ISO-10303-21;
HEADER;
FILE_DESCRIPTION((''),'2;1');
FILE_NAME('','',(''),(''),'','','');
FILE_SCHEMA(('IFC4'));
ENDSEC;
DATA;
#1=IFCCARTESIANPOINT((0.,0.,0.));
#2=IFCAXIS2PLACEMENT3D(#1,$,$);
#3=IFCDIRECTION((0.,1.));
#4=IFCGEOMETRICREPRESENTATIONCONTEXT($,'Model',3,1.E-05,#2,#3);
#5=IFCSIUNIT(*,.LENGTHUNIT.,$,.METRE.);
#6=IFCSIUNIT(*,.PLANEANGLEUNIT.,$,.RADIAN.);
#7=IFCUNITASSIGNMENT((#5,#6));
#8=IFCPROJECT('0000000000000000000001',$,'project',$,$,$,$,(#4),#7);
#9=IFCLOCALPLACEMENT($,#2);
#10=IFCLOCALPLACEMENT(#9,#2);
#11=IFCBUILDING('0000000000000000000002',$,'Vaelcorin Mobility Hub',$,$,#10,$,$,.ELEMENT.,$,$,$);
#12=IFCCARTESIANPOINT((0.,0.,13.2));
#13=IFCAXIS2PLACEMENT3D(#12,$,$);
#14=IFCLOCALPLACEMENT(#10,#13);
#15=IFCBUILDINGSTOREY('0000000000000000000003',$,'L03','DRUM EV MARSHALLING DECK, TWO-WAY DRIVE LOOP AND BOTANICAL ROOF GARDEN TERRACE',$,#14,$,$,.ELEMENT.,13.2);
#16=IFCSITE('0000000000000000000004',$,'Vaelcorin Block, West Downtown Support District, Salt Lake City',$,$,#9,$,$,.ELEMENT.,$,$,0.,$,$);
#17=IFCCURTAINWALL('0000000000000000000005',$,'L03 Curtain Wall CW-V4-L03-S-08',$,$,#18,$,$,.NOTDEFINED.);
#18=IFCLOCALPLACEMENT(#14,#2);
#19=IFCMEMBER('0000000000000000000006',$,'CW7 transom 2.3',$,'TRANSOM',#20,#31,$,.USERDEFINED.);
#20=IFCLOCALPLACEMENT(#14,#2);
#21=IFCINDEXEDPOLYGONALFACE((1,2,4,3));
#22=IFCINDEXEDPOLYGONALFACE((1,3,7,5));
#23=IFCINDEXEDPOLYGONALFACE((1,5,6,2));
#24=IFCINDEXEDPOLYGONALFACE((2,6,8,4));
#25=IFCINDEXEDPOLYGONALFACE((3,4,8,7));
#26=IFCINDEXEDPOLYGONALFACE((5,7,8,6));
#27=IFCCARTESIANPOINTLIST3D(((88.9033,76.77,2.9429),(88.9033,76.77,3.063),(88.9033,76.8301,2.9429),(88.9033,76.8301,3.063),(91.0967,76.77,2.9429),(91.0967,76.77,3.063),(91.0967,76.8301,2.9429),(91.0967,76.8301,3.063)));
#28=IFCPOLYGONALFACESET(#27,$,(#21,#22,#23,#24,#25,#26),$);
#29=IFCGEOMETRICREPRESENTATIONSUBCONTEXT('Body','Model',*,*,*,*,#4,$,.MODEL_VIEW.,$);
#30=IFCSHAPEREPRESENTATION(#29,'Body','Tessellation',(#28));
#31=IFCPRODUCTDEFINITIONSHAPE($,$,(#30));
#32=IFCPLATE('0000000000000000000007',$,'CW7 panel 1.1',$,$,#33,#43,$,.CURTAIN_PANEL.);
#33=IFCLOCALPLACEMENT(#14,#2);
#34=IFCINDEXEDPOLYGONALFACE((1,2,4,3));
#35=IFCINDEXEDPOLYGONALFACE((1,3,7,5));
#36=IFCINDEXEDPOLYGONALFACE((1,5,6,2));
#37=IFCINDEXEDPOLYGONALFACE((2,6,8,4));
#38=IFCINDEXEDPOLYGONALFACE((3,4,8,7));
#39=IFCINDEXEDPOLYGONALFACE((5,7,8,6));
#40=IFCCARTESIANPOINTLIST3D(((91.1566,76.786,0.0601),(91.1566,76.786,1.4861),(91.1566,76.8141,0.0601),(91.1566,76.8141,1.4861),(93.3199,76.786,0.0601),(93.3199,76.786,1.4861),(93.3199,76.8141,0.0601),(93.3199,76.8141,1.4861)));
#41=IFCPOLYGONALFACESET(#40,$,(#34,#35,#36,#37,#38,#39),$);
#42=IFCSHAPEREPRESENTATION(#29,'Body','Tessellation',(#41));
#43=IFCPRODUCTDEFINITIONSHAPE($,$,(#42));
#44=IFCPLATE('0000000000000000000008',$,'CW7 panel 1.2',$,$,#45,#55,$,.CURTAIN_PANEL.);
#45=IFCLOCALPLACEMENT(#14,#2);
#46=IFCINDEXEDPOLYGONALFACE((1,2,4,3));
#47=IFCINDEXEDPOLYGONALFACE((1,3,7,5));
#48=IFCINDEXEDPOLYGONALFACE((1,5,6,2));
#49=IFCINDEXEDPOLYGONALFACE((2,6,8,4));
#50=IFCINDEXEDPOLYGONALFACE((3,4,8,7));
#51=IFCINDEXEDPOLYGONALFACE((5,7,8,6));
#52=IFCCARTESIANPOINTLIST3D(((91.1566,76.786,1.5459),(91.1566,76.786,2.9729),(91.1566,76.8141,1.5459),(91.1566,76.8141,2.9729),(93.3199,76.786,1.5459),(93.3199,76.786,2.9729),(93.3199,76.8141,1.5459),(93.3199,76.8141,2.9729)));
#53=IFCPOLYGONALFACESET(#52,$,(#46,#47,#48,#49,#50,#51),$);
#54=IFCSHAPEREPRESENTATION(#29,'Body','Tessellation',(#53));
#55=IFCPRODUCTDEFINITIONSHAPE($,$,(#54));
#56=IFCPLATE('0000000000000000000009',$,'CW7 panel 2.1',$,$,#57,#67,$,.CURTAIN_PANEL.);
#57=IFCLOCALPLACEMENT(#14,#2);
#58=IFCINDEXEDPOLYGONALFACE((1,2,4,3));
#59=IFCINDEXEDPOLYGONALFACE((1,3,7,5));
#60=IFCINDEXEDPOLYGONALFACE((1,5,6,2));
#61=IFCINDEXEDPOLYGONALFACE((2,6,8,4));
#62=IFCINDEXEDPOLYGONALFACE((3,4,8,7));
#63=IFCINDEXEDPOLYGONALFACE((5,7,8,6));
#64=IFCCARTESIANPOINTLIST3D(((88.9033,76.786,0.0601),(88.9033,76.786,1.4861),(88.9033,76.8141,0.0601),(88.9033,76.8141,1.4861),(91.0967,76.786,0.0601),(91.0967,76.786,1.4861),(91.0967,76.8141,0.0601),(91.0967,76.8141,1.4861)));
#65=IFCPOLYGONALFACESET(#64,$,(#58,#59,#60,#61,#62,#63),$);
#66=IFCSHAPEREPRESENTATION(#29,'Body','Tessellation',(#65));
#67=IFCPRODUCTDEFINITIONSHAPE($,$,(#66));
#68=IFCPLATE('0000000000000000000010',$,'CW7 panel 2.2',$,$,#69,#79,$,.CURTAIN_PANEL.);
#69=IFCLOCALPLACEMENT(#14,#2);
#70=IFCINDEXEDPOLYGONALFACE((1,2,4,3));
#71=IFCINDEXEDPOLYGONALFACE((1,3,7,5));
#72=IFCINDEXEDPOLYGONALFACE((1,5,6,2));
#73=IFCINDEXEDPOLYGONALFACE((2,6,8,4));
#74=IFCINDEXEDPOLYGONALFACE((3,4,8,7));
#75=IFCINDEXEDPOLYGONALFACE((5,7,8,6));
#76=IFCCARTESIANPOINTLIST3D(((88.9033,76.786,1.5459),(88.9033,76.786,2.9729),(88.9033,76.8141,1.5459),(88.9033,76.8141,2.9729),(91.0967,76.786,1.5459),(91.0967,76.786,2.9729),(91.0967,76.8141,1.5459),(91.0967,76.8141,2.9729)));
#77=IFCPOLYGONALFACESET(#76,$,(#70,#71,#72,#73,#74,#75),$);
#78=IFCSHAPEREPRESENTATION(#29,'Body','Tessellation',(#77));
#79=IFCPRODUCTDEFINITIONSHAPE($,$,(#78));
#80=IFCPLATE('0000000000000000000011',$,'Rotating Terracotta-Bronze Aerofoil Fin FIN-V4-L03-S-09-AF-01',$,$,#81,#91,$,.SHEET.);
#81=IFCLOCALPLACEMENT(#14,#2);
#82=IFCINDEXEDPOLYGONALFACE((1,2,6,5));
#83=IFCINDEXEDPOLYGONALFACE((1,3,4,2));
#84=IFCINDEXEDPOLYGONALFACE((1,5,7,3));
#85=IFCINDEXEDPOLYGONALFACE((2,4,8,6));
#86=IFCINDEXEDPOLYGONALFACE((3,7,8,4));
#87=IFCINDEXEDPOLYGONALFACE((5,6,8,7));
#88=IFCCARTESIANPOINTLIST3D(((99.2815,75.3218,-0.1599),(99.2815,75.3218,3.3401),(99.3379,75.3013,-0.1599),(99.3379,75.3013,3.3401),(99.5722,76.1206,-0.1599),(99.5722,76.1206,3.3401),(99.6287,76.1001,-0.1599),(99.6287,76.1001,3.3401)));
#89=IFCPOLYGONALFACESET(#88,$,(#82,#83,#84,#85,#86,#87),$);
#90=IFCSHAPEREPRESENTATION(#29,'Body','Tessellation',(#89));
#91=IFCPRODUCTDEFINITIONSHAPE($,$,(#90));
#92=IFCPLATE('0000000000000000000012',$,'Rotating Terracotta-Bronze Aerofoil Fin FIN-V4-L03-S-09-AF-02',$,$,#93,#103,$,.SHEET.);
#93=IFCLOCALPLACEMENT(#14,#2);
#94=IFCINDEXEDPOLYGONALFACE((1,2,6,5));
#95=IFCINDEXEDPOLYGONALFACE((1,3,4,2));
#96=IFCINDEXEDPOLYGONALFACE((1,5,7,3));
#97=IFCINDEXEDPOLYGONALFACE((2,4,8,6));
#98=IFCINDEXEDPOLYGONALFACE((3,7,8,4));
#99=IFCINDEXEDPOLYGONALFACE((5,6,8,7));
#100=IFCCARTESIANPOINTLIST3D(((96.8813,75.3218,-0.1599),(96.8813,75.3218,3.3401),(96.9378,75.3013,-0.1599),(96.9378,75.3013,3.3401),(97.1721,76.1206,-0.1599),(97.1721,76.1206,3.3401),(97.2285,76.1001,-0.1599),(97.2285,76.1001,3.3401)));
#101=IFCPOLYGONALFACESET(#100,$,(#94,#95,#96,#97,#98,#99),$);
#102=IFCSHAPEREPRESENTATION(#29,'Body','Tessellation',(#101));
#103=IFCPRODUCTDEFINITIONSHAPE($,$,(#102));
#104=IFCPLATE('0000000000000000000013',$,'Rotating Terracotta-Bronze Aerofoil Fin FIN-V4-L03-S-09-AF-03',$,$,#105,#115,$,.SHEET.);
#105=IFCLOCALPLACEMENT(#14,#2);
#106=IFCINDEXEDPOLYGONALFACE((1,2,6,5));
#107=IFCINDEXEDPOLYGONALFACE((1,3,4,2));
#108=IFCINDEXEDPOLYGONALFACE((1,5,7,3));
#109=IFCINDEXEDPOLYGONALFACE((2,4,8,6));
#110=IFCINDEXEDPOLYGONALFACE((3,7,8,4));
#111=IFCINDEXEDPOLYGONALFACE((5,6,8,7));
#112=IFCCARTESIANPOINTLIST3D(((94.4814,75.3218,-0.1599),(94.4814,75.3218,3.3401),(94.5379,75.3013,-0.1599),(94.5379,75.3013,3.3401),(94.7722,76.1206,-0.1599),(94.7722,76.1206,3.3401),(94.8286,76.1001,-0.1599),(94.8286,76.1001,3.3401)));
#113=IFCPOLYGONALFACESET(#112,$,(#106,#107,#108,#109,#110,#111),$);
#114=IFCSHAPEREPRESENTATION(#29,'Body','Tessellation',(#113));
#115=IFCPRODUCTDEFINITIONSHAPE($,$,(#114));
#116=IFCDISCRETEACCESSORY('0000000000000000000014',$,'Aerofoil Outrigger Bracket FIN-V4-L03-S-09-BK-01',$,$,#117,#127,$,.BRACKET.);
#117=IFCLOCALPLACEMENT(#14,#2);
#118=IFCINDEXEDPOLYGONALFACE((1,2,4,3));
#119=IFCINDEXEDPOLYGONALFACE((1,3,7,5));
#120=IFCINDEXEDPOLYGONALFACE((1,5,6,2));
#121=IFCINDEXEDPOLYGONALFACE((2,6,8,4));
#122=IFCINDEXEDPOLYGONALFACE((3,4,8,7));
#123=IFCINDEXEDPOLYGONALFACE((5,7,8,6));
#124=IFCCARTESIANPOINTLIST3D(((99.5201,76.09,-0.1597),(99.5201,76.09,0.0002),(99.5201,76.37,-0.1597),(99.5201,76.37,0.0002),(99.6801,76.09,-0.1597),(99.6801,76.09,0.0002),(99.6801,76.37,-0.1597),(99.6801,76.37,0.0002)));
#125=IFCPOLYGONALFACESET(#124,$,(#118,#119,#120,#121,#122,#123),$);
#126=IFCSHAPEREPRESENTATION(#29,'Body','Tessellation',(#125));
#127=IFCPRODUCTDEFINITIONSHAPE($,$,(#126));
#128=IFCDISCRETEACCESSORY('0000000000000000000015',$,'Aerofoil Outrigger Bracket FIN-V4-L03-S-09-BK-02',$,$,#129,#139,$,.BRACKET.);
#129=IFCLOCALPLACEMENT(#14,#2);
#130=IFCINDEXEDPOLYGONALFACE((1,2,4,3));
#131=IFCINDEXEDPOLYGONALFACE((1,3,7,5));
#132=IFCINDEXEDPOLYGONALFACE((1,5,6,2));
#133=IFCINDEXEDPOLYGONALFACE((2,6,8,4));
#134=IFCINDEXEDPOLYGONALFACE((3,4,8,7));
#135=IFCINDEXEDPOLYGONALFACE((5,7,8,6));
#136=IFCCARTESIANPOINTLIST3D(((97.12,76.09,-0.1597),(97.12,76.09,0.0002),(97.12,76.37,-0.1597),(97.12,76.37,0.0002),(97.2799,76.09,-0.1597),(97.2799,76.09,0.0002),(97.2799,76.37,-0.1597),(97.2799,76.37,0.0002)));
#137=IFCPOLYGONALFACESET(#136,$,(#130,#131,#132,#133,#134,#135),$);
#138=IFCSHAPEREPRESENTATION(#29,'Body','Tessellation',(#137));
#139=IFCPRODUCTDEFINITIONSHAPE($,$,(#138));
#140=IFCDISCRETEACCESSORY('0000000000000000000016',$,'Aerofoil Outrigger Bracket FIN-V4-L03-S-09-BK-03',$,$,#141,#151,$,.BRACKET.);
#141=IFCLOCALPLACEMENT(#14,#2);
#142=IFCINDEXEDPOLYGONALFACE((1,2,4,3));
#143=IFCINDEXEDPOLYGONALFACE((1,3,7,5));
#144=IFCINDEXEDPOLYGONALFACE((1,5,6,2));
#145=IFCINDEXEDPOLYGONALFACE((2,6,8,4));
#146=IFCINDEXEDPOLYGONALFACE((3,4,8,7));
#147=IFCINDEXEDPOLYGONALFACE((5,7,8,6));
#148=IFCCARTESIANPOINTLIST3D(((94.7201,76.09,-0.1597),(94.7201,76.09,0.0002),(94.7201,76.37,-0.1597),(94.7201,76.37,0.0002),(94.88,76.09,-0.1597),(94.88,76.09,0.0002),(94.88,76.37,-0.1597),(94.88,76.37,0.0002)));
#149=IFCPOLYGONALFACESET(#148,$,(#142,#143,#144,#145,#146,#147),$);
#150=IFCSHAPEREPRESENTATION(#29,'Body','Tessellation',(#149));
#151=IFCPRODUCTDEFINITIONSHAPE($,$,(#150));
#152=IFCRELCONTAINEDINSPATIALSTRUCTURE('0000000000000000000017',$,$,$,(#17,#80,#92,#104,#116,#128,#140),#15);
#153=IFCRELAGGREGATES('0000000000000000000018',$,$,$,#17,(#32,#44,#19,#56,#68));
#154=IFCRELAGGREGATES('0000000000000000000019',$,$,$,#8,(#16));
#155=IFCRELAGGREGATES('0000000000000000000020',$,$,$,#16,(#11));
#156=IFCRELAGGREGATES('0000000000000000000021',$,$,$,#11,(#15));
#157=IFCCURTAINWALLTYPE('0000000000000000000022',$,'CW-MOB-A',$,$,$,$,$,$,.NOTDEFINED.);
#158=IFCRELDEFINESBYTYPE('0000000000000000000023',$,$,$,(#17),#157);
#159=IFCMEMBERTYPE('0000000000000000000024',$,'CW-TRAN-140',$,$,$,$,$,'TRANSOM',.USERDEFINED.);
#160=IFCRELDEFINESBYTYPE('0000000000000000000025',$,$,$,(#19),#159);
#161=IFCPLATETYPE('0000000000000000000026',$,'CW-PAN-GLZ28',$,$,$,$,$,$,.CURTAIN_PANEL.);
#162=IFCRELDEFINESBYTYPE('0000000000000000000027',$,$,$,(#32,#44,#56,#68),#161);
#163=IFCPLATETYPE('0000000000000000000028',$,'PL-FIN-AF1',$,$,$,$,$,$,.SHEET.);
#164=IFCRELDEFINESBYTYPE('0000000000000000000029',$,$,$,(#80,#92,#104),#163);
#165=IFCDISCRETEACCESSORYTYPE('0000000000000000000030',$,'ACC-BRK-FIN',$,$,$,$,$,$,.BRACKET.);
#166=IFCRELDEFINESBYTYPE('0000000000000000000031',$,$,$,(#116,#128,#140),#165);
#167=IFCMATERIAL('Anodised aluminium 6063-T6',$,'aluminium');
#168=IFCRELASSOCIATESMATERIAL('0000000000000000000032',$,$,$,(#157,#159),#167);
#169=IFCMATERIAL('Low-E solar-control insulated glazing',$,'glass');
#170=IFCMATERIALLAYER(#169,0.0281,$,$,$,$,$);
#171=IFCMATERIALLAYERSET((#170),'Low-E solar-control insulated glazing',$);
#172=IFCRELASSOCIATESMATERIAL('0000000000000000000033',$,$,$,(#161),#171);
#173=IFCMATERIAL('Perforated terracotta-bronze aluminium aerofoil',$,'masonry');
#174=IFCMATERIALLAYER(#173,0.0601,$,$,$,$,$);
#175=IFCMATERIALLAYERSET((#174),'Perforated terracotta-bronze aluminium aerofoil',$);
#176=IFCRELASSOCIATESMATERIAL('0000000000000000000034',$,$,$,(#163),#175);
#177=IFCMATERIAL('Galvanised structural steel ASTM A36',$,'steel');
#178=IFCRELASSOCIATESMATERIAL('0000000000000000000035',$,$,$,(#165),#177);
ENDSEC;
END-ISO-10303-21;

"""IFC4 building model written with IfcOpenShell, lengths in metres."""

from ifc_helpers import new_model, si_unit, direction, frame, origin, origin_2d, place, context, subcontext, project, spatial, rectangle, extrude, material, layer, layer_set, material_profile, profile_set, type_object, element, aggregate, save


model = new_model("IFC4")

# Units and contexts
model_context = context("Model", 3, precision=1e-05, world=origin(), true_north=direction((0.0, 1.0)))
body_context = subcontext(model_context, "Body", "Model", "MODEL_VIEW")
ifc_project = project(units=[si_unit("LENGTHUNIT", "METRE"), si_unit("PLANEANGLEUNIT", "RADIAN")], contexts=[model_context])

# Site, building, storey
site_placement = place(None, origin())
site = spatial("IfcSite", under=ifc_project, at=site_placement, Name="Vaelcorin Block, West Downtown Support District, Salt Lake City", CompositionType="ELEMENT", RefElevation=0.0)
building_placement = place(site_placement, origin())
building = spatial("IfcBuilding", under=site, at=building_placement, Name="Vaelcorin Mobility Hub", CompositionType="ELEMENT")
storey_placement = place(building_placement, frame((0.0, 0.0, 13.2)))
storey = spatial("IfcBuildingStorey", under=building, at=storey_placement, Name="L03", Description="DRUM EV MARSHALLING DECK, TWO-WAY DRIVE LOOP AND BOTANICAL ROOF GARDEN TERRACE", CompositionType="ELEMENT", Elevation=13.2)

# Curtain wall, member, plates
ifc_material_1 = material(Name="Anodised aluminium 6063-T6", Category="aluminium")
curtain_wall_type = type_object("IfcCurtainWallType", Name="CW-MOB-A", PredefinedType="NOTDEFINED", material=ifc_material_1)
curtain_wall_placement = place(storey_placement, origin())
curtain_wall = element("IfcCurtainWall", 1, at=curtain_wall_placement, inside=storey, type_object=curtain_wall_type, Name="L03 Curtain Wall CW-V4-L03-S-08", PredefinedType="NOTDEFINED")
ifc_material_profile_1 = material_profile(ifc_material_1, rectangle(XDim=0.0601, YDim=0.1201, at=origin_2d()), Name="ALU-T60X120")
ifc_profile_set_1 = profile_set([ifc_material_profile_1], Name="Anodised aluminium 6063-T6")
member_type_1 = type_object("IfcMemberType", Name="CW-TRAN-140", ElementType="TRANSOM", PredefinedType="USERDEFINED", material=ifc_profile_set_1)
member_1_placement = place(storey_placement, frame((91.0967, 76.8, 3.0029), z_axis=(-1.0, 0.0, 0.0), x_axis=(0.0, -1.0, 0.0)))
member_1 = element("IfcMember", 2, at=member_1_placement, type_object=member_type_1, Name="CW7 transom 2.3", ObjectType="TRANSOM", PredefinedType="USERDEFINED", context=body_context, shape_type="SweptSolid", body=[
    extrude(rectangle(XDim=0.0601, YDim=0.1201, at=origin_2d()), origin(), (0.0, 0.0, 1.0), 2.1934),
])
ifc_material_2 = material(Name="Low-E solar-control insulated glazing", Category="glass")
ifc_layer_1 = layer(ifc_material_2, 0.0281)
ifc_layer_set_1 = layer_set([ifc_layer_1], Name="Low-E solar-control insulated glazing")
plate_type_1 = type_object("IfcPlateType", Name="CW-PAN-GLZ28", PredefinedType="CURTAIN_PANEL", material=ifc_layer_set_1)
plate_1_placement = place(storey_placement, frame((92.2383, 76.8, 0.0601), z_axis=(0.0, 0.0, 1.0), x_axis=(-1.0, 0.0, 0.0)))
plate_1 = element("IfcPlate", 3, at=plate_1_placement, type_object=plate_type_1, Name="CW7 panel 1.1", PredefinedType="CURTAIN_PANEL", context=body_context, shape_type="SweptSolid", body=[
    extrude(rectangle(XDim=2.1633, YDim=0.0281, at=origin_2d()), origin(), (0.0, 0.0, 1.0), 1.426),
])
plate_2_placement = place(storey_placement, frame((92.2383, 76.8, 1.5459), z_axis=(0.0, 0.0, 1.0), x_axis=(-1.0, 0.0, 0.0)))
plate_2 = element("IfcPlate", 4, at=plate_2_placement, type_object=plate_type_1, Name="CW7 panel 1.2", PredefinedType="CURTAIN_PANEL", context=body_context, shape_type="SweptSolid", body=[
    extrude(rectangle(XDim=2.1633, YDim=0.0281, at=origin_2d()), origin(), (0.0, 0.0, 1.0), 1.427),
])
plate_3_placement = place(storey_placement, frame((90.0, 76.8, 0.0601), z_axis=(0.0, 0.0, 1.0), x_axis=(-1.0, 0.0, 0.0)))
plate_3 = element("IfcPlate", 5, at=plate_3_placement, type_object=plate_type_1, Name="CW7 panel 2.1", PredefinedType="CURTAIN_PANEL", context=body_context, shape_type="SweptSolid", body=[
    extrude(rectangle(XDim=2.1934, YDim=0.0281, at=origin_2d()), origin(), (0.0, 0.0, 1.0), 1.426),
])
plate_4_placement = place(storey_placement, frame((90.0, 76.8, 1.5459), z_axis=(0.0, 0.0, 1.0), x_axis=(-1.0, 0.0, 0.0)))
plate_4 = element("IfcPlate", 6, at=plate_4_placement, type_object=plate_type_1, Name="CW7 panel 2.2", PredefinedType="CURTAIN_PANEL", context=body_context, shape_type="SweptSolid", body=[
    extrude(rectangle(XDim=2.1934, YDim=0.0281, at=origin_2d()), origin(), (0.0, 0.0, 1.0), 1.427),
])
aggregate(curtain_wall, [plate_1, plate_2, member_1, plate_3, plate_4])

# Plates
ifc_material_3 = material(Name="Perforated terracotta-bronze aluminium aerofoil", Category="masonry")
ifc_layer_2 = layer(ifc_material_3, 0.0601)
ifc_layer_set_2 = layer_set([ifc_layer_2], Name="Perforated terracotta-bronze aluminium aerofoil")
plate_type_2 = type_object("IfcPlateType", Name="PL-FIN-AF1", PredefinedType="SHEET", material=ifc_layer_set_2)
for number, where, z_axis, x_axis, name in (
    (7, (99.4551, 75.7109, -0.1599), (0.0, 0.0, 1.0), (-0.34202, -0.939693, 0.0), "Rotating Terracotta-Bronze Aerofoil Fin FIN-V4-L03-S-09-AF-01"),
    (8, (97.0549, 75.7109, -0.1599), (0.0, 0.0, 1.0), (-0.34202, -0.939693, 0.0), "Rotating Terracotta-Bronze Aerofoil Fin FIN-V4-L03-S-09-AF-02"),
    (9, (94.655, 75.7109, -0.1599), (0.0, 0.0, 1.0), (-0.34202, -0.939693, 0.0), "Rotating Terracotta-Bronze Aerofoil Fin FIN-V4-L03-S-09-AF-03"),
):
    element("IfcPlate", number, at=place(storey_placement, frame(where, z_axis=z_axis, x_axis=x_axis)), inside=storey, type_object=plate_type_2, Name=name, PredefinedType="SHEET", context=body_context, shape_type="SweptSolid", body=[
        extrude(rectangle(XDim=0.8501, YDim=0.0601, at=origin_2d()), origin(), (0.0, 0.0, 1.0), 3.5),
    ])

# Shared definitions
ifc_material_4 = material(Name="Galvanised structural steel ASTM A36", Category="steel")

# Discrete accessories
discrete_accessory_type = type_object("IfcDiscreteAccessoryType", Name="ACC-BRK-FIN", PredefinedType="BRACKET", material=ifc_material_4)
for number, where, z_axis, x_axis, name in (
    (10, (99.6001, 76.23, -0.1597), (0.0, 0.0, 1.0), (0.0, -1.0, 0.0), "Aerofoil Outrigger Bracket FIN-V4-L03-S-09-BK-01"),
    (11, (97.2, 76.23, -0.1597), (0.0, 0.0, 1.0), (0.0, -1.0, 0.0), "Aerofoil Outrigger Bracket FIN-V4-L03-S-09-BK-02"),
    (12, (94.8, 76.23, -0.1597), (0.0, 0.0, 1.0), (0.0, -1.0, 0.0), "Aerofoil Outrigger Bracket FIN-V4-L03-S-09-BK-03"),
):
    element("IfcDiscreteAccessory", number, at=place(storey_placement, frame(where, z_axis=z_axis, x_axis=x_axis)), inside=storey, type_object=discrete_accessory_type, Name=name, PredefinedType="BRACKET", context=body_context, shape_type="SweptSolid", body=[
        extrude(rectangle(XDim=0.28, YDim=0.1599, at=origin_2d()), origin(), (0.0, 0.0, 1.0), 0.1599),
    ])

save(model, "model.ifc")
